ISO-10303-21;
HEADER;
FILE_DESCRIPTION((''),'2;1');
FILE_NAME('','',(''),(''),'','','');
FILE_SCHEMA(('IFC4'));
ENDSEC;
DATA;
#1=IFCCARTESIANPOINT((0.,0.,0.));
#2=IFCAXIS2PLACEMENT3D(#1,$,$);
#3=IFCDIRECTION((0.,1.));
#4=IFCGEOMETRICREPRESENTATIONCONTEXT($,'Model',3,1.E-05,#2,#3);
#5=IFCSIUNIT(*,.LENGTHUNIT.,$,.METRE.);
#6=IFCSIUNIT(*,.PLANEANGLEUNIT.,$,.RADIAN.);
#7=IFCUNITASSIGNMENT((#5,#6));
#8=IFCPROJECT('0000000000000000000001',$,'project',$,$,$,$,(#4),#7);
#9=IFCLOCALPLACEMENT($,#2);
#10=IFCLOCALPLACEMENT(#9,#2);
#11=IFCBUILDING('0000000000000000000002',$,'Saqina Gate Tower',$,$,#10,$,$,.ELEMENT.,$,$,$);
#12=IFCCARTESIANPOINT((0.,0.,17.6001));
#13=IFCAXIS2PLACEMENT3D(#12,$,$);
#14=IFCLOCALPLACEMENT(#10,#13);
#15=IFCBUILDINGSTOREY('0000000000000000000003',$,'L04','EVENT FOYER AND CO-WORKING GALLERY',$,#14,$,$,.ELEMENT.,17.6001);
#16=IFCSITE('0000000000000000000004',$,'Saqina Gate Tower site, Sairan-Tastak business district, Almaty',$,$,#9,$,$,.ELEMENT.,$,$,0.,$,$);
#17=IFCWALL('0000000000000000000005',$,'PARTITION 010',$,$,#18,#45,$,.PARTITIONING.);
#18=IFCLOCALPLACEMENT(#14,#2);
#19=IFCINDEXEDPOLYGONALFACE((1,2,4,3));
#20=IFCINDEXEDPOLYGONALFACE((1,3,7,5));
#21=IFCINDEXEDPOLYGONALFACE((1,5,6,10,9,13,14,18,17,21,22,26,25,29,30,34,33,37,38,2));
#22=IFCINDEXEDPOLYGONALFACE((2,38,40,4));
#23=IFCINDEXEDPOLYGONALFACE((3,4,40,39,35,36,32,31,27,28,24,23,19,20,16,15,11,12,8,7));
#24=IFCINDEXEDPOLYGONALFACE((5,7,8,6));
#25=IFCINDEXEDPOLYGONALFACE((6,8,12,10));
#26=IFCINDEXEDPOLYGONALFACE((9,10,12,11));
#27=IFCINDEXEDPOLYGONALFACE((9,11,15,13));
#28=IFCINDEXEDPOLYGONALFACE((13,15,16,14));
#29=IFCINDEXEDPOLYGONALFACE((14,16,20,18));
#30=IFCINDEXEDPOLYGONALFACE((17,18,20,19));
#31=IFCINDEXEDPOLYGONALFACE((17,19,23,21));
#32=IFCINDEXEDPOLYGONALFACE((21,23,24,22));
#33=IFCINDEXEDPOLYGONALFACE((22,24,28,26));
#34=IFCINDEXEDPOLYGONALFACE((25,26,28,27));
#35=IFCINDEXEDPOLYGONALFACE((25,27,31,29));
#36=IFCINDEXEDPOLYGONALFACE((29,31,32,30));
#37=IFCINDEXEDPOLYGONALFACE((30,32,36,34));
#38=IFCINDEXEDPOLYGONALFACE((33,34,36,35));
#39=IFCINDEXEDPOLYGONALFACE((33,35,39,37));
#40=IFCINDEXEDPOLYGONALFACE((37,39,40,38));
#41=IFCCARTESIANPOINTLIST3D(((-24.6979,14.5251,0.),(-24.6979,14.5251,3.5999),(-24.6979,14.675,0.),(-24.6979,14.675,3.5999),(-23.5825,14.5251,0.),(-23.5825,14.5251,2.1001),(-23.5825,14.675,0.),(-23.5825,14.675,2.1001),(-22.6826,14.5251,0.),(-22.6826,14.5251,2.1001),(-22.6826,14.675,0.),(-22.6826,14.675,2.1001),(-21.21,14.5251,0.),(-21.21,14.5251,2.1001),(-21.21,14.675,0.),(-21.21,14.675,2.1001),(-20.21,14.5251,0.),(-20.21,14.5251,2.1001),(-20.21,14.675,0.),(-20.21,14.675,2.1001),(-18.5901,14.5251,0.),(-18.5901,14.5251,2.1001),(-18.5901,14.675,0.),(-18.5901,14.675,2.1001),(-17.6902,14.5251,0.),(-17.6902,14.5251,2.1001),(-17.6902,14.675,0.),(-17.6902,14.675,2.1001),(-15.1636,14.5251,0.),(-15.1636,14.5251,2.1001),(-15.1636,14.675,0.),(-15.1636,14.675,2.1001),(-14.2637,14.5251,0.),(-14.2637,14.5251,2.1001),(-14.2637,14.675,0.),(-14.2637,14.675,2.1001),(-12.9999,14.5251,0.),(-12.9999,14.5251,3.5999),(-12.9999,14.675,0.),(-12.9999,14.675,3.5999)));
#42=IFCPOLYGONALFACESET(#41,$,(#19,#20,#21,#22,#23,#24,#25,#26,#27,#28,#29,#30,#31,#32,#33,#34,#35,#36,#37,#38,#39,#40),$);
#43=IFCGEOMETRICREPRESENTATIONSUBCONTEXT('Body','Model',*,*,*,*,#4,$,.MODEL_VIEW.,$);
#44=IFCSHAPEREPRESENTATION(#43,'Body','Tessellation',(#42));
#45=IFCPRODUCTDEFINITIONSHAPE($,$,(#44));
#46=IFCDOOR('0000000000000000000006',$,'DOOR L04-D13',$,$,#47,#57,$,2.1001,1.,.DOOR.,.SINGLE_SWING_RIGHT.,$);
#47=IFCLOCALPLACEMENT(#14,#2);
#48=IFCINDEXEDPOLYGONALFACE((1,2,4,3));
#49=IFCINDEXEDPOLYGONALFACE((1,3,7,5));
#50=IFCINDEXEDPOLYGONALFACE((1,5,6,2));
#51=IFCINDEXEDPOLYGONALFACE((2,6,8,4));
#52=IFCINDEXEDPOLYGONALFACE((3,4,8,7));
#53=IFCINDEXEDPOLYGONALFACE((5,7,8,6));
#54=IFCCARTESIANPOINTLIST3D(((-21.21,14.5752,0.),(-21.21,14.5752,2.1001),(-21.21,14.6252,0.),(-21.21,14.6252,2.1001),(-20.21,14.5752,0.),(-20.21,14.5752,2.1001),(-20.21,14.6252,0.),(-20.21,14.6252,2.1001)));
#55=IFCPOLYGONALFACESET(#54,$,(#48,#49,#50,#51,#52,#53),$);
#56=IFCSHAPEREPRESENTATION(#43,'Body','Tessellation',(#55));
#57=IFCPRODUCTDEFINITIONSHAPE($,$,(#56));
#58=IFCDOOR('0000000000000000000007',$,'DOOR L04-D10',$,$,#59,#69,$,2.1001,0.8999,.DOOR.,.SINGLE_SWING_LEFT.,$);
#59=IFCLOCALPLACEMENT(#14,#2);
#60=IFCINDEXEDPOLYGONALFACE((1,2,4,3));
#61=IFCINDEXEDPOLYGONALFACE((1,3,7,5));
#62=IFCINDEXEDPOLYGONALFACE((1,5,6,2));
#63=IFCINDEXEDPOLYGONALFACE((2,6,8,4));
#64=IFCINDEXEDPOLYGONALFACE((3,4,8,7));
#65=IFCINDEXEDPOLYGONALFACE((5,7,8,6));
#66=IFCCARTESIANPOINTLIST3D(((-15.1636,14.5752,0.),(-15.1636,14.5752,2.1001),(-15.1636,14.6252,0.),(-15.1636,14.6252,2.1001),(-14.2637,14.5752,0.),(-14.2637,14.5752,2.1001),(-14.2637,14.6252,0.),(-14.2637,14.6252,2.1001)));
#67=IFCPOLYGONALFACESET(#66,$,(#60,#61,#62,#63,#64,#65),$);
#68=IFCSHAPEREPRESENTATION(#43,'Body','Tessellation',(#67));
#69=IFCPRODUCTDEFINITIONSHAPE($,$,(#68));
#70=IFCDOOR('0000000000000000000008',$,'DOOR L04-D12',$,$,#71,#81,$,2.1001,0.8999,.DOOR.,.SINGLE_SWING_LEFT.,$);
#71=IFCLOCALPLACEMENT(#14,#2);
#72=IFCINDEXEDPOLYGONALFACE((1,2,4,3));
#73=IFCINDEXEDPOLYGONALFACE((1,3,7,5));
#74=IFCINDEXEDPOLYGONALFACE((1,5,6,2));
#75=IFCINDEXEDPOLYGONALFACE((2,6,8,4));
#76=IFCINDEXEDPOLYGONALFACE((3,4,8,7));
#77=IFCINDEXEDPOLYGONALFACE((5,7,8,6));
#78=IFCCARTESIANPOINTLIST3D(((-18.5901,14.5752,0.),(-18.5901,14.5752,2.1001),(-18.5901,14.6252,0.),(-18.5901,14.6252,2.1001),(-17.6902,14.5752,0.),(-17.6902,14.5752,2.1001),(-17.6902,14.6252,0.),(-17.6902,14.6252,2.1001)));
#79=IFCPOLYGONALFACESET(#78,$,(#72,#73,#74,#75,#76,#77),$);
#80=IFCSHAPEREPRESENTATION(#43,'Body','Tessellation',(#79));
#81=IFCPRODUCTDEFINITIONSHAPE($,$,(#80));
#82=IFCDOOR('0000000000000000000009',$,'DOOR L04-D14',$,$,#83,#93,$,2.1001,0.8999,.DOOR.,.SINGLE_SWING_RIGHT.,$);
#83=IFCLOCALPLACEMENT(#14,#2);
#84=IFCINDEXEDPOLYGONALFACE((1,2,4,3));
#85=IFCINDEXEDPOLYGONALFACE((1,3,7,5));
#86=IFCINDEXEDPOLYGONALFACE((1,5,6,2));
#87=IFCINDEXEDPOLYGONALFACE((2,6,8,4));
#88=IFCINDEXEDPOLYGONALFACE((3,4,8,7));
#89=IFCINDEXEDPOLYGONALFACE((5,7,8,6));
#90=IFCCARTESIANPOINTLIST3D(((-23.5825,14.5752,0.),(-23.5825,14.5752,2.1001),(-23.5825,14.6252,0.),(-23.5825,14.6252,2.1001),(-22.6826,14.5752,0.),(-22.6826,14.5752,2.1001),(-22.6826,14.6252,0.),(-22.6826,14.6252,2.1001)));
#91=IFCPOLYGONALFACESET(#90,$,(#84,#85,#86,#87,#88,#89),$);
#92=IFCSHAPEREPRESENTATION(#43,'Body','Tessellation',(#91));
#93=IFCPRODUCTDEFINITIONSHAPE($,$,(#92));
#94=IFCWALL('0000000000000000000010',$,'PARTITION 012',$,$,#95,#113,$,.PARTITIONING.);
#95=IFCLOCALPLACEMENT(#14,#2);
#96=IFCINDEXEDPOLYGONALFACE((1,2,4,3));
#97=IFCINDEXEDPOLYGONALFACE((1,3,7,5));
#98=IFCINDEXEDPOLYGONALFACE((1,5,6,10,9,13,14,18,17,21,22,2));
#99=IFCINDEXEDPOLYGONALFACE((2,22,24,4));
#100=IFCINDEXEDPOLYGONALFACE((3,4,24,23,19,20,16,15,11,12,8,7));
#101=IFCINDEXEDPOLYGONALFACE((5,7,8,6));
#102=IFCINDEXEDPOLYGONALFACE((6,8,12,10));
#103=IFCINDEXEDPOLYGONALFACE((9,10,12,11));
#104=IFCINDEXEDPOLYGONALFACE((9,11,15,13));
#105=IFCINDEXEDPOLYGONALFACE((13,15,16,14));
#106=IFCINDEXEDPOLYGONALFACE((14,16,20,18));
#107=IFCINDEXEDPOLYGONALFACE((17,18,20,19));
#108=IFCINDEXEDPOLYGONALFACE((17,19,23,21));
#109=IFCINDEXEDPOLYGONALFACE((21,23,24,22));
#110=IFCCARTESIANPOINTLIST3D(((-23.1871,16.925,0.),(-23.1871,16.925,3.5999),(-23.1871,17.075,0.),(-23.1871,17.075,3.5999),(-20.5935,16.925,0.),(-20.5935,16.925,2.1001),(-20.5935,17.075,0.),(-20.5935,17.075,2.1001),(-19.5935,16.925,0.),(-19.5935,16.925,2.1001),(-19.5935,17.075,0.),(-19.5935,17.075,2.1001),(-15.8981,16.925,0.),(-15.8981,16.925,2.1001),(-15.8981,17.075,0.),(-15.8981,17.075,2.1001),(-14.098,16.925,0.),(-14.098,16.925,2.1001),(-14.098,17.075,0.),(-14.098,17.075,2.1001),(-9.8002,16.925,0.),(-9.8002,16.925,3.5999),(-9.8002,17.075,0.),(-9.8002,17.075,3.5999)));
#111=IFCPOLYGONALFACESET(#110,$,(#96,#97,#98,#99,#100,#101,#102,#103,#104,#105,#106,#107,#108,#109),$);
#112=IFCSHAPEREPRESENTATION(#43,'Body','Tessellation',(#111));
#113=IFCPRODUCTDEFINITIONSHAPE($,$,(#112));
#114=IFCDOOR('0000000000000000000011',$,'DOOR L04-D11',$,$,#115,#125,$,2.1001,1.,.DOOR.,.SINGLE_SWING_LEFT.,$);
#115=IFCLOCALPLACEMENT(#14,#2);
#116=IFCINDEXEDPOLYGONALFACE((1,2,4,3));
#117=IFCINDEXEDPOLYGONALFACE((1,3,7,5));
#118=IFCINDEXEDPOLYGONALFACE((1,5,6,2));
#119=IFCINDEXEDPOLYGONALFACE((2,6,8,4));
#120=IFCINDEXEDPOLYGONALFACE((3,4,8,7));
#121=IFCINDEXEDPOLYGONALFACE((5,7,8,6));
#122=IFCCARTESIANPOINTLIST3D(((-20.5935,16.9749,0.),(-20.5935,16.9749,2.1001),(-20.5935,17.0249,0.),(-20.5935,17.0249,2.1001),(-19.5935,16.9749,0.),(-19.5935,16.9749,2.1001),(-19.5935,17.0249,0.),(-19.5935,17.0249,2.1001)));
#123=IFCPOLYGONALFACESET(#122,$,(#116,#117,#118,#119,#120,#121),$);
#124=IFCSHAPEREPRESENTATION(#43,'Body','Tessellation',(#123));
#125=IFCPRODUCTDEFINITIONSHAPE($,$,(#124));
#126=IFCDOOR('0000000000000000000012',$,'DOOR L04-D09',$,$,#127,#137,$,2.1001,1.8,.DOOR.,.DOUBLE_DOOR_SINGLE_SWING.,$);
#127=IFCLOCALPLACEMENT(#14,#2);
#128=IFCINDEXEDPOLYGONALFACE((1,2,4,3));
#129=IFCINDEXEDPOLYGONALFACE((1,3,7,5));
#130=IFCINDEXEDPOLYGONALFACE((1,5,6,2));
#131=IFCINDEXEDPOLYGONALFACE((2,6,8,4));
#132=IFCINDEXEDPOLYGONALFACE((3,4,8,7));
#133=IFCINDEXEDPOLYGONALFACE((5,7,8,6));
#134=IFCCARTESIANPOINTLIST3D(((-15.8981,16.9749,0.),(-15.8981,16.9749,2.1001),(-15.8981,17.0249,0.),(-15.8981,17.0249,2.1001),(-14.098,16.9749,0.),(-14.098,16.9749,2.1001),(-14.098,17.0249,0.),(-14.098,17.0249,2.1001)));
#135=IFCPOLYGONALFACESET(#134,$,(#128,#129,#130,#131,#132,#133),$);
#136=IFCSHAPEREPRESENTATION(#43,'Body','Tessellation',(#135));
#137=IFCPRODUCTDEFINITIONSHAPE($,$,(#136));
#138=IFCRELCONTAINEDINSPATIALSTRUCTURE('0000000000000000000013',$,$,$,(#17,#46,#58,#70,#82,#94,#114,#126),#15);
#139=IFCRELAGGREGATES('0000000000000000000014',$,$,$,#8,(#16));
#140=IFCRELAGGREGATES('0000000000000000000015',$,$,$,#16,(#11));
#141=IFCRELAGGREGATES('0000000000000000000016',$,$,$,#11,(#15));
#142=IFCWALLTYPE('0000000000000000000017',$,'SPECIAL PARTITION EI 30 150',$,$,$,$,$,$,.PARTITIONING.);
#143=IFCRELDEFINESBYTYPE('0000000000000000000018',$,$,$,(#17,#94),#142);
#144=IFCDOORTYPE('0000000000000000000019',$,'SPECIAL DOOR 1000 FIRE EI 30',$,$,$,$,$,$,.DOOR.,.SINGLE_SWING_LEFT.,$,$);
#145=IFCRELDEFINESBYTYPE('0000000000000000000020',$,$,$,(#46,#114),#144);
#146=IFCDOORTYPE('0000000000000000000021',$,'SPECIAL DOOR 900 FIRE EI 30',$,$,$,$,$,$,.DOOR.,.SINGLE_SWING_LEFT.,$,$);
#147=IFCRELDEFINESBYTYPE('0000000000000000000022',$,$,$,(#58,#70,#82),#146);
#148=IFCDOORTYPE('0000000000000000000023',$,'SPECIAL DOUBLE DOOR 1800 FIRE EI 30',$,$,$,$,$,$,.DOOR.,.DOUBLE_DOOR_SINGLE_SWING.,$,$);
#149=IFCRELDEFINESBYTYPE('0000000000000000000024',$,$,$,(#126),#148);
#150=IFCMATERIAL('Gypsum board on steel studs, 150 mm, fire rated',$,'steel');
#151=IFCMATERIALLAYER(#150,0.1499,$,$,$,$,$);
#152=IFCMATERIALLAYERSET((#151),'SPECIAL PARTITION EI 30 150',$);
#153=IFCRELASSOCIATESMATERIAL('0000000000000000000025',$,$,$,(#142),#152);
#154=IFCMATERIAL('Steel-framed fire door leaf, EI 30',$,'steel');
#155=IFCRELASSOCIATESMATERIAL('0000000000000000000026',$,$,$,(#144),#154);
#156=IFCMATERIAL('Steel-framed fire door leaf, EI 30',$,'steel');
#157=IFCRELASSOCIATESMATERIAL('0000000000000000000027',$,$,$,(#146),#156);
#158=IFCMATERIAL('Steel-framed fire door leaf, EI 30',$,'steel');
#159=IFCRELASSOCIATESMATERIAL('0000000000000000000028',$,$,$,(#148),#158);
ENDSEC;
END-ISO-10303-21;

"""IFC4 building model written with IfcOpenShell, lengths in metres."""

from ifc_helpers import new_model, si_unit, direction, frame, frame_2d, origin, place, context, subcontext, project, spatial, rectangle, extrude, material, layer, layer_set, type_object, element, fill, save


model = new_model("IFC4")

# Units and contexts
model_context = context("Model", 3, precision=1e-05, world=origin(), true_north=direction((0.0, 1.0)))
body_context = subcontext(model_context, "Body", "Model", "MODEL_VIEW")
ifc_project = project(units=[si_unit("LENGTHUNIT", "METRE"), si_unit("PLANEANGLEUNIT", "RADIAN")], contexts=[model_context])

# Site, building, storey
site_placement = place(None, origin())
site = spatial("IfcSite", under=ifc_project, at=site_placement, Name="Saqina Gate Tower site, Sairan-Tastak business district, Almaty", CompositionType="ELEMENT", RefElevation=0.0)
building_placement = place(site_placement, origin())
building = spatial("IfcBuilding", under=site, at=building_placement, Name="Saqina Gate Tower", CompositionType="ELEMENT")
storey_placement = place(building_placement, frame((0.0, 0.0, 17.6001)))
storey = spatial("IfcBuildingStorey", under=building, at=storey_placement, Name="L04", Description="EVENT FOYER AND CO-WORKING GALLERY", CompositionType="ELEMENT", Elevation=17.6001)

# Walls, openings, doors
ifc_material_1 = material(Name="Gypsum board on steel studs, 150 mm, fire rated", Category="steel")
ifc_layer_1 = layer(ifc_material_1, 0.1499)
ifc_layer_set_1 = layer_set([ifc_layer_1], Name="SPECIAL PARTITION EI 30 150")
wall_type_1 = type_object("IfcWallType", Name="SPECIAL PARTITION EI 30 150", PredefinedType="PARTITIONING", material=ifc_layer_set_1)
wall_1_placement = place(storey_placement, frame((-24.698, 14.6001, 0.0), z_axis=(0.0, 0.0, 1.0), x_axis=(1.0, 0.0, 0.0)))
wall_1 = element("IfcWall", 1, at=wall_1_placement, inside=storey, type_object=wall_type_1, Name="PARTITION 010", PredefinedType="PARTITIONING", context=body_context, shape_type="SweptSolid", body=[
    extrude(rectangle(XDim=11.698, YDim=0.1499, at=frame_2d((5.8491, 0.0))), origin(), (0.0, 0.0, 1.0), 3.5999),
])
opening_1_placement = place(wall_1_placement, frame((9.5344, 0.0, 0.0)))
opening_1 = element("IfcOpeningElement", 2, at=opening_1_placement, cuts=wall_1, PredefinedType="OPENING", context=body_context, shape_type="SweptSolid", body=[
    extrude(rectangle(XDim=0.8999, YDim=2.1001, at=frame_2d((0.45, 1.05))), frame((0.0, 0.0869, 0.0), z_axis=(0.0, -1.0, 0.0), x_axis=(1.0, 0.0, 0.0)), (0.0, 0.0, 1.0), 0.1738),
])
opening_2_placement = place(wall_1_placement, frame((6.1079, 0.0, 0.0)))
opening_2 = element("IfcOpeningElement", 3, at=opening_2_placement, cuts=wall_1, PredefinedType="OPENING", context=body_context, shape_type="SweptSolid", body=[
    extrude(rectangle(XDim=0.8999, YDim=2.1001, at=frame_2d((0.45, 1.05))), frame((0.0, 0.0869, 0.0), z_axis=(0.0, -1.0, 0.0), x_axis=(1.0, 0.0, 0.0)), (0.0, 0.0, 1.0), 0.1738),
])
opening_3_placement = place(wall_1_placement, frame((3.488, 0.0, 0.0)))
opening_3 = element("IfcOpeningElement", 4, at=opening_3_placement, cuts=wall_1, PredefinedType="OPENING", context=body_context, shape_type="SweptSolid", body=[
    extrude(rectangle(XDim=1.0, YDim=2.1001, at=frame_2d((0.5, 1.05))), frame((0.0, 0.0869, 0.0), z_axis=(0.0, -1.0, 0.0), x_axis=(1.0, 0.0, 0.0)), (0.0, 0.0, 1.0), 0.1738),
])
opening_4_placement = place(wall_1_placement, frame((1.1155, 0.0, 0.0)))
opening_4 = element("IfcOpeningElement", 5, at=opening_4_placement, cuts=wall_1, PredefinedType="OPENING", context=body_context, shape_type="SweptSolid", body=[
    extrude(rectangle(XDim=0.8999, YDim=2.1001, at=frame_2d((0.45, 1.05))), frame((0.0, 0.0869, 0.0), z_axis=(0.0, -1.0, 0.0), x_axis=(1.0, 0.0, 0.0)), (0.0, 0.0, 1.0), 0.1738),
])
ifc_material_2 = material(Name="Steel-framed fire door leaf, EI 30", Category="steel")
door_type_1 = type_object("IfcDoorType", Name="SPECIAL DOOR 1000 FIRE EI 30", OperationType="SINGLE_SWING_LEFT", PredefinedType="DOOR", material=ifc_material_2)
door_1_placement = place(opening_3_placement, frame((1.0, 0.0, 0.0), z_axis=(0.0, 0.0, 1.0), x_axis=(-1.0, 0.0, 0.0)))
door_1 = element("IfcDoor", 6, at=door_1_placement, inside=storey, type_object=door_type_1, Name="DOOR L04-D13", OperationType="SINGLE_SWING_RIGHT", OverallHeight=2.1001, OverallWidth=1.0, PredefinedType="DOOR", context=body_context, shape_type="SweptSolid", body=[
    extrude(rectangle(XDim=1.0, YDim=2.1001, at=frame_2d((0.5, 1.05))), frame((0.0, 0.0249, 0.0), z_axis=(0.0, -1.0, 0.0), x_axis=(1.0, 0.0, 0.0)), (0.0, 0.0, 1.0), 0.05),
])
fill(opening_3, door_1)
ifc_material_3 = material(Name="Steel-framed fire door leaf, EI 30", Category="steel")
door_type_2 = type_object("IfcDoorType", Name="SPECIAL DOOR 900 FIRE EI 30", OperationType="SINGLE_SWING_LEFT", PredefinedType="DOOR", material=ifc_material_3)
door_2_placement = place(opening_1_placement, frame((0.8999, 0.0, 0.0), z_axis=(0.0, 0.0, 1.0), x_axis=(-1.0, 0.0, 0.0)))
door_2 = element("IfcDoor", 7, at=door_2_placement, inside=storey, type_object=door_type_2, Name="DOOR L04-D10", OperationType="SINGLE_SWING_LEFT", OverallHeight=2.1001, OverallWidth=0.8999, PredefinedType="DOOR", context=body_context, shape_type="SweptSolid", body=[
    extrude(rectangle(XDim=0.8999, YDim=2.1001, at=frame_2d((0.45, 1.05))), frame((0.0, 0.0249, 0.0), z_axis=(0.0, -1.0, 0.0), x_axis=(1.0, 0.0, 0.0)), (0.0, 0.0, 1.0), 0.05),
])
fill(opening_1, door_2)
door_3_placement = place(opening_2_placement, frame((0.8999, 0.0, 0.0), z_axis=(0.0, 0.0, 1.0), x_axis=(-1.0, 0.0, 0.0)))
door_3 = element("IfcDoor", 8, at=door_3_placement, inside=storey, type_object=door_type_2, Name="DOOR L04-D12", OperationType="SINGLE_SWING_LEFT", OverallHeight=2.1001, OverallWidth=0.8999, PredefinedType="DOOR", context=body_context, shape_type="SweptSolid", body=[
    extrude(rectangle(XDim=0.8999, YDim=2.1001, at=frame_2d((0.45, 1.05))), frame((0.0, 0.0249, 0.0), z_axis=(0.0, -1.0, 0.0), x_axis=(1.0, 0.0, 0.0)), (0.0, 0.0, 1.0), 0.05),
])
fill(opening_2, door_3)
door_4_placement = place(opening_4_placement, frame((0.8999, 0.0, 0.0), z_axis=(0.0, 0.0, 1.0), x_axis=(-1.0, 0.0, 0.0)))
door_4 = element("IfcDoor", 9, at=door_4_placement, inside=storey, type_object=door_type_2, Name="DOOR L04-D14", OperationType="SINGLE_SWING_RIGHT", OverallHeight=2.1001, OverallWidth=0.8999, PredefinedType="DOOR", context=body_context, shape_type="SweptSolid", body=[
    extrude(rectangle(XDim=0.8999, YDim=2.1001, at=frame_2d((0.45, 1.05))), frame((0.0, 0.0249, 0.0), z_axis=(0.0, -1.0, 0.0), x_axis=(1.0, 0.0, 0.0)), (0.0, 0.0, 1.0), 0.05),
])
fill(opening_4, door_4)
wall_2_placement = place(storey_placement, frame((-23.187, 17.0, 0.0), z_axis=(0.0, 0.0, 1.0), x_axis=(1.0, 0.0, 0.0)))
wall_2 = element("IfcWall", 10, at=wall_2_placement, inside=storey, type_object=wall_type_1, Name="PARTITION 012", PredefinedType="PARTITIONING", context=body_context, shape_type="SweptSolid", body=[
    extrude(rectangle(XDim=13.387, YDim=0.1499, at=frame_2d((6.6934, 0.0))), origin(), (0.0, 0.0, 1.0), 3.5999),
])
opening_5_placement = place(wall_2_placement, frame((7.2891, 0.0, 0.0)))
opening_5 = element("IfcOpeningElement", 11, at=opening_5_placement, cuts=wall_2, PredefinedType="OPENING", context=body_context, shape_type="SweptSolid", body=[
    extrude(rectangle(XDim=1.8, YDim=2.1001, at=frame_2d((0.8999, 1.05))), frame((0.0, 0.0869, 0.0), z_axis=(0.0, -1.0, 0.0), x_axis=(1.0, 0.0, 0.0)), (0.0, 0.0, 1.0), 0.1738),
])
opening_6_placement = place(wall_2_placement, frame((2.5935, 0.0, 0.0)))
opening_6 = element("IfcOpeningElement", 12, at=opening_6_placement, cuts=wall_2, PredefinedType="OPENING", context=body_context, shape_type="SweptSolid", body=[
    extrude(rectangle(XDim=1.0, YDim=2.1001, at=frame_2d((0.5, 1.05))), frame((0.0, 0.0869, 0.0), z_axis=(0.0, -1.0, 0.0), x_axis=(1.0, 0.0, 0.0)), (0.0, 0.0, 1.0), 0.1738),
])
door_5_placement = place(opening_6_placement, origin())
door_5 = element("IfcDoor", 13, at=door_5_placement, inside=storey, type_object=door_type_1, Name="DOOR L04-D11", OperationType="SINGLE_SWING_LEFT", OverallHeight=2.1001, OverallWidth=1.0, PredefinedType="DOOR", context=body_context, shape_type="SweptSolid", body=[
    extrude(rectangle(XDim=1.0, YDim=2.1001, at=frame_2d((0.5, 1.05))), frame((0.0, 0.0249, 0.0), z_axis=(0.0, -1.0, 0.0), x_axis=(1.0, 0.0, 0.0)), (0.0, 0.0, 1.0), 0.05),
])
fill(opening_6, door_5)
ifc_material_4 = material(Name="Steel-framed fire door leaf, EI 30", Category="steel")
door_type_3 = type_object("IfcDoorType", Name="SPECIAL DOUBLE DOOR 1800 FIRE EI 30", OperationType="DOUBLE_DOOR_SINGLE_SWING", PredefinedType="DOOR", material=ifc_material_4)
door_6_placement = place(opening_5_placement, origin())
door_6 = element("IfcDoor", 14, at=door_6_placement, inside=storey, type_object=door_type_3, Name="DOOR L04-D09", OperationType="DOUBLE_DOOR_SINGLE_SWING", OverallHeight=2.1001, OverallWidth=1.8, PredefinedType="DOOR", context=body_context, shape_type="SweptSolid", body=[
    extrude(rectangle(XDim=1.8, YDim=2.1001, at=frame_2d((0.8999, 1.05))), frame((0.0, 0.0249, 0.0), z_axis=(0.0, -1.0, 0.0), x_axis=(1.0, 0.0, 0.0)), (0.0, 0.0, 1.0), 0.05),
])
fill(opening_5, door_6)

save(model, "model.ifc")
